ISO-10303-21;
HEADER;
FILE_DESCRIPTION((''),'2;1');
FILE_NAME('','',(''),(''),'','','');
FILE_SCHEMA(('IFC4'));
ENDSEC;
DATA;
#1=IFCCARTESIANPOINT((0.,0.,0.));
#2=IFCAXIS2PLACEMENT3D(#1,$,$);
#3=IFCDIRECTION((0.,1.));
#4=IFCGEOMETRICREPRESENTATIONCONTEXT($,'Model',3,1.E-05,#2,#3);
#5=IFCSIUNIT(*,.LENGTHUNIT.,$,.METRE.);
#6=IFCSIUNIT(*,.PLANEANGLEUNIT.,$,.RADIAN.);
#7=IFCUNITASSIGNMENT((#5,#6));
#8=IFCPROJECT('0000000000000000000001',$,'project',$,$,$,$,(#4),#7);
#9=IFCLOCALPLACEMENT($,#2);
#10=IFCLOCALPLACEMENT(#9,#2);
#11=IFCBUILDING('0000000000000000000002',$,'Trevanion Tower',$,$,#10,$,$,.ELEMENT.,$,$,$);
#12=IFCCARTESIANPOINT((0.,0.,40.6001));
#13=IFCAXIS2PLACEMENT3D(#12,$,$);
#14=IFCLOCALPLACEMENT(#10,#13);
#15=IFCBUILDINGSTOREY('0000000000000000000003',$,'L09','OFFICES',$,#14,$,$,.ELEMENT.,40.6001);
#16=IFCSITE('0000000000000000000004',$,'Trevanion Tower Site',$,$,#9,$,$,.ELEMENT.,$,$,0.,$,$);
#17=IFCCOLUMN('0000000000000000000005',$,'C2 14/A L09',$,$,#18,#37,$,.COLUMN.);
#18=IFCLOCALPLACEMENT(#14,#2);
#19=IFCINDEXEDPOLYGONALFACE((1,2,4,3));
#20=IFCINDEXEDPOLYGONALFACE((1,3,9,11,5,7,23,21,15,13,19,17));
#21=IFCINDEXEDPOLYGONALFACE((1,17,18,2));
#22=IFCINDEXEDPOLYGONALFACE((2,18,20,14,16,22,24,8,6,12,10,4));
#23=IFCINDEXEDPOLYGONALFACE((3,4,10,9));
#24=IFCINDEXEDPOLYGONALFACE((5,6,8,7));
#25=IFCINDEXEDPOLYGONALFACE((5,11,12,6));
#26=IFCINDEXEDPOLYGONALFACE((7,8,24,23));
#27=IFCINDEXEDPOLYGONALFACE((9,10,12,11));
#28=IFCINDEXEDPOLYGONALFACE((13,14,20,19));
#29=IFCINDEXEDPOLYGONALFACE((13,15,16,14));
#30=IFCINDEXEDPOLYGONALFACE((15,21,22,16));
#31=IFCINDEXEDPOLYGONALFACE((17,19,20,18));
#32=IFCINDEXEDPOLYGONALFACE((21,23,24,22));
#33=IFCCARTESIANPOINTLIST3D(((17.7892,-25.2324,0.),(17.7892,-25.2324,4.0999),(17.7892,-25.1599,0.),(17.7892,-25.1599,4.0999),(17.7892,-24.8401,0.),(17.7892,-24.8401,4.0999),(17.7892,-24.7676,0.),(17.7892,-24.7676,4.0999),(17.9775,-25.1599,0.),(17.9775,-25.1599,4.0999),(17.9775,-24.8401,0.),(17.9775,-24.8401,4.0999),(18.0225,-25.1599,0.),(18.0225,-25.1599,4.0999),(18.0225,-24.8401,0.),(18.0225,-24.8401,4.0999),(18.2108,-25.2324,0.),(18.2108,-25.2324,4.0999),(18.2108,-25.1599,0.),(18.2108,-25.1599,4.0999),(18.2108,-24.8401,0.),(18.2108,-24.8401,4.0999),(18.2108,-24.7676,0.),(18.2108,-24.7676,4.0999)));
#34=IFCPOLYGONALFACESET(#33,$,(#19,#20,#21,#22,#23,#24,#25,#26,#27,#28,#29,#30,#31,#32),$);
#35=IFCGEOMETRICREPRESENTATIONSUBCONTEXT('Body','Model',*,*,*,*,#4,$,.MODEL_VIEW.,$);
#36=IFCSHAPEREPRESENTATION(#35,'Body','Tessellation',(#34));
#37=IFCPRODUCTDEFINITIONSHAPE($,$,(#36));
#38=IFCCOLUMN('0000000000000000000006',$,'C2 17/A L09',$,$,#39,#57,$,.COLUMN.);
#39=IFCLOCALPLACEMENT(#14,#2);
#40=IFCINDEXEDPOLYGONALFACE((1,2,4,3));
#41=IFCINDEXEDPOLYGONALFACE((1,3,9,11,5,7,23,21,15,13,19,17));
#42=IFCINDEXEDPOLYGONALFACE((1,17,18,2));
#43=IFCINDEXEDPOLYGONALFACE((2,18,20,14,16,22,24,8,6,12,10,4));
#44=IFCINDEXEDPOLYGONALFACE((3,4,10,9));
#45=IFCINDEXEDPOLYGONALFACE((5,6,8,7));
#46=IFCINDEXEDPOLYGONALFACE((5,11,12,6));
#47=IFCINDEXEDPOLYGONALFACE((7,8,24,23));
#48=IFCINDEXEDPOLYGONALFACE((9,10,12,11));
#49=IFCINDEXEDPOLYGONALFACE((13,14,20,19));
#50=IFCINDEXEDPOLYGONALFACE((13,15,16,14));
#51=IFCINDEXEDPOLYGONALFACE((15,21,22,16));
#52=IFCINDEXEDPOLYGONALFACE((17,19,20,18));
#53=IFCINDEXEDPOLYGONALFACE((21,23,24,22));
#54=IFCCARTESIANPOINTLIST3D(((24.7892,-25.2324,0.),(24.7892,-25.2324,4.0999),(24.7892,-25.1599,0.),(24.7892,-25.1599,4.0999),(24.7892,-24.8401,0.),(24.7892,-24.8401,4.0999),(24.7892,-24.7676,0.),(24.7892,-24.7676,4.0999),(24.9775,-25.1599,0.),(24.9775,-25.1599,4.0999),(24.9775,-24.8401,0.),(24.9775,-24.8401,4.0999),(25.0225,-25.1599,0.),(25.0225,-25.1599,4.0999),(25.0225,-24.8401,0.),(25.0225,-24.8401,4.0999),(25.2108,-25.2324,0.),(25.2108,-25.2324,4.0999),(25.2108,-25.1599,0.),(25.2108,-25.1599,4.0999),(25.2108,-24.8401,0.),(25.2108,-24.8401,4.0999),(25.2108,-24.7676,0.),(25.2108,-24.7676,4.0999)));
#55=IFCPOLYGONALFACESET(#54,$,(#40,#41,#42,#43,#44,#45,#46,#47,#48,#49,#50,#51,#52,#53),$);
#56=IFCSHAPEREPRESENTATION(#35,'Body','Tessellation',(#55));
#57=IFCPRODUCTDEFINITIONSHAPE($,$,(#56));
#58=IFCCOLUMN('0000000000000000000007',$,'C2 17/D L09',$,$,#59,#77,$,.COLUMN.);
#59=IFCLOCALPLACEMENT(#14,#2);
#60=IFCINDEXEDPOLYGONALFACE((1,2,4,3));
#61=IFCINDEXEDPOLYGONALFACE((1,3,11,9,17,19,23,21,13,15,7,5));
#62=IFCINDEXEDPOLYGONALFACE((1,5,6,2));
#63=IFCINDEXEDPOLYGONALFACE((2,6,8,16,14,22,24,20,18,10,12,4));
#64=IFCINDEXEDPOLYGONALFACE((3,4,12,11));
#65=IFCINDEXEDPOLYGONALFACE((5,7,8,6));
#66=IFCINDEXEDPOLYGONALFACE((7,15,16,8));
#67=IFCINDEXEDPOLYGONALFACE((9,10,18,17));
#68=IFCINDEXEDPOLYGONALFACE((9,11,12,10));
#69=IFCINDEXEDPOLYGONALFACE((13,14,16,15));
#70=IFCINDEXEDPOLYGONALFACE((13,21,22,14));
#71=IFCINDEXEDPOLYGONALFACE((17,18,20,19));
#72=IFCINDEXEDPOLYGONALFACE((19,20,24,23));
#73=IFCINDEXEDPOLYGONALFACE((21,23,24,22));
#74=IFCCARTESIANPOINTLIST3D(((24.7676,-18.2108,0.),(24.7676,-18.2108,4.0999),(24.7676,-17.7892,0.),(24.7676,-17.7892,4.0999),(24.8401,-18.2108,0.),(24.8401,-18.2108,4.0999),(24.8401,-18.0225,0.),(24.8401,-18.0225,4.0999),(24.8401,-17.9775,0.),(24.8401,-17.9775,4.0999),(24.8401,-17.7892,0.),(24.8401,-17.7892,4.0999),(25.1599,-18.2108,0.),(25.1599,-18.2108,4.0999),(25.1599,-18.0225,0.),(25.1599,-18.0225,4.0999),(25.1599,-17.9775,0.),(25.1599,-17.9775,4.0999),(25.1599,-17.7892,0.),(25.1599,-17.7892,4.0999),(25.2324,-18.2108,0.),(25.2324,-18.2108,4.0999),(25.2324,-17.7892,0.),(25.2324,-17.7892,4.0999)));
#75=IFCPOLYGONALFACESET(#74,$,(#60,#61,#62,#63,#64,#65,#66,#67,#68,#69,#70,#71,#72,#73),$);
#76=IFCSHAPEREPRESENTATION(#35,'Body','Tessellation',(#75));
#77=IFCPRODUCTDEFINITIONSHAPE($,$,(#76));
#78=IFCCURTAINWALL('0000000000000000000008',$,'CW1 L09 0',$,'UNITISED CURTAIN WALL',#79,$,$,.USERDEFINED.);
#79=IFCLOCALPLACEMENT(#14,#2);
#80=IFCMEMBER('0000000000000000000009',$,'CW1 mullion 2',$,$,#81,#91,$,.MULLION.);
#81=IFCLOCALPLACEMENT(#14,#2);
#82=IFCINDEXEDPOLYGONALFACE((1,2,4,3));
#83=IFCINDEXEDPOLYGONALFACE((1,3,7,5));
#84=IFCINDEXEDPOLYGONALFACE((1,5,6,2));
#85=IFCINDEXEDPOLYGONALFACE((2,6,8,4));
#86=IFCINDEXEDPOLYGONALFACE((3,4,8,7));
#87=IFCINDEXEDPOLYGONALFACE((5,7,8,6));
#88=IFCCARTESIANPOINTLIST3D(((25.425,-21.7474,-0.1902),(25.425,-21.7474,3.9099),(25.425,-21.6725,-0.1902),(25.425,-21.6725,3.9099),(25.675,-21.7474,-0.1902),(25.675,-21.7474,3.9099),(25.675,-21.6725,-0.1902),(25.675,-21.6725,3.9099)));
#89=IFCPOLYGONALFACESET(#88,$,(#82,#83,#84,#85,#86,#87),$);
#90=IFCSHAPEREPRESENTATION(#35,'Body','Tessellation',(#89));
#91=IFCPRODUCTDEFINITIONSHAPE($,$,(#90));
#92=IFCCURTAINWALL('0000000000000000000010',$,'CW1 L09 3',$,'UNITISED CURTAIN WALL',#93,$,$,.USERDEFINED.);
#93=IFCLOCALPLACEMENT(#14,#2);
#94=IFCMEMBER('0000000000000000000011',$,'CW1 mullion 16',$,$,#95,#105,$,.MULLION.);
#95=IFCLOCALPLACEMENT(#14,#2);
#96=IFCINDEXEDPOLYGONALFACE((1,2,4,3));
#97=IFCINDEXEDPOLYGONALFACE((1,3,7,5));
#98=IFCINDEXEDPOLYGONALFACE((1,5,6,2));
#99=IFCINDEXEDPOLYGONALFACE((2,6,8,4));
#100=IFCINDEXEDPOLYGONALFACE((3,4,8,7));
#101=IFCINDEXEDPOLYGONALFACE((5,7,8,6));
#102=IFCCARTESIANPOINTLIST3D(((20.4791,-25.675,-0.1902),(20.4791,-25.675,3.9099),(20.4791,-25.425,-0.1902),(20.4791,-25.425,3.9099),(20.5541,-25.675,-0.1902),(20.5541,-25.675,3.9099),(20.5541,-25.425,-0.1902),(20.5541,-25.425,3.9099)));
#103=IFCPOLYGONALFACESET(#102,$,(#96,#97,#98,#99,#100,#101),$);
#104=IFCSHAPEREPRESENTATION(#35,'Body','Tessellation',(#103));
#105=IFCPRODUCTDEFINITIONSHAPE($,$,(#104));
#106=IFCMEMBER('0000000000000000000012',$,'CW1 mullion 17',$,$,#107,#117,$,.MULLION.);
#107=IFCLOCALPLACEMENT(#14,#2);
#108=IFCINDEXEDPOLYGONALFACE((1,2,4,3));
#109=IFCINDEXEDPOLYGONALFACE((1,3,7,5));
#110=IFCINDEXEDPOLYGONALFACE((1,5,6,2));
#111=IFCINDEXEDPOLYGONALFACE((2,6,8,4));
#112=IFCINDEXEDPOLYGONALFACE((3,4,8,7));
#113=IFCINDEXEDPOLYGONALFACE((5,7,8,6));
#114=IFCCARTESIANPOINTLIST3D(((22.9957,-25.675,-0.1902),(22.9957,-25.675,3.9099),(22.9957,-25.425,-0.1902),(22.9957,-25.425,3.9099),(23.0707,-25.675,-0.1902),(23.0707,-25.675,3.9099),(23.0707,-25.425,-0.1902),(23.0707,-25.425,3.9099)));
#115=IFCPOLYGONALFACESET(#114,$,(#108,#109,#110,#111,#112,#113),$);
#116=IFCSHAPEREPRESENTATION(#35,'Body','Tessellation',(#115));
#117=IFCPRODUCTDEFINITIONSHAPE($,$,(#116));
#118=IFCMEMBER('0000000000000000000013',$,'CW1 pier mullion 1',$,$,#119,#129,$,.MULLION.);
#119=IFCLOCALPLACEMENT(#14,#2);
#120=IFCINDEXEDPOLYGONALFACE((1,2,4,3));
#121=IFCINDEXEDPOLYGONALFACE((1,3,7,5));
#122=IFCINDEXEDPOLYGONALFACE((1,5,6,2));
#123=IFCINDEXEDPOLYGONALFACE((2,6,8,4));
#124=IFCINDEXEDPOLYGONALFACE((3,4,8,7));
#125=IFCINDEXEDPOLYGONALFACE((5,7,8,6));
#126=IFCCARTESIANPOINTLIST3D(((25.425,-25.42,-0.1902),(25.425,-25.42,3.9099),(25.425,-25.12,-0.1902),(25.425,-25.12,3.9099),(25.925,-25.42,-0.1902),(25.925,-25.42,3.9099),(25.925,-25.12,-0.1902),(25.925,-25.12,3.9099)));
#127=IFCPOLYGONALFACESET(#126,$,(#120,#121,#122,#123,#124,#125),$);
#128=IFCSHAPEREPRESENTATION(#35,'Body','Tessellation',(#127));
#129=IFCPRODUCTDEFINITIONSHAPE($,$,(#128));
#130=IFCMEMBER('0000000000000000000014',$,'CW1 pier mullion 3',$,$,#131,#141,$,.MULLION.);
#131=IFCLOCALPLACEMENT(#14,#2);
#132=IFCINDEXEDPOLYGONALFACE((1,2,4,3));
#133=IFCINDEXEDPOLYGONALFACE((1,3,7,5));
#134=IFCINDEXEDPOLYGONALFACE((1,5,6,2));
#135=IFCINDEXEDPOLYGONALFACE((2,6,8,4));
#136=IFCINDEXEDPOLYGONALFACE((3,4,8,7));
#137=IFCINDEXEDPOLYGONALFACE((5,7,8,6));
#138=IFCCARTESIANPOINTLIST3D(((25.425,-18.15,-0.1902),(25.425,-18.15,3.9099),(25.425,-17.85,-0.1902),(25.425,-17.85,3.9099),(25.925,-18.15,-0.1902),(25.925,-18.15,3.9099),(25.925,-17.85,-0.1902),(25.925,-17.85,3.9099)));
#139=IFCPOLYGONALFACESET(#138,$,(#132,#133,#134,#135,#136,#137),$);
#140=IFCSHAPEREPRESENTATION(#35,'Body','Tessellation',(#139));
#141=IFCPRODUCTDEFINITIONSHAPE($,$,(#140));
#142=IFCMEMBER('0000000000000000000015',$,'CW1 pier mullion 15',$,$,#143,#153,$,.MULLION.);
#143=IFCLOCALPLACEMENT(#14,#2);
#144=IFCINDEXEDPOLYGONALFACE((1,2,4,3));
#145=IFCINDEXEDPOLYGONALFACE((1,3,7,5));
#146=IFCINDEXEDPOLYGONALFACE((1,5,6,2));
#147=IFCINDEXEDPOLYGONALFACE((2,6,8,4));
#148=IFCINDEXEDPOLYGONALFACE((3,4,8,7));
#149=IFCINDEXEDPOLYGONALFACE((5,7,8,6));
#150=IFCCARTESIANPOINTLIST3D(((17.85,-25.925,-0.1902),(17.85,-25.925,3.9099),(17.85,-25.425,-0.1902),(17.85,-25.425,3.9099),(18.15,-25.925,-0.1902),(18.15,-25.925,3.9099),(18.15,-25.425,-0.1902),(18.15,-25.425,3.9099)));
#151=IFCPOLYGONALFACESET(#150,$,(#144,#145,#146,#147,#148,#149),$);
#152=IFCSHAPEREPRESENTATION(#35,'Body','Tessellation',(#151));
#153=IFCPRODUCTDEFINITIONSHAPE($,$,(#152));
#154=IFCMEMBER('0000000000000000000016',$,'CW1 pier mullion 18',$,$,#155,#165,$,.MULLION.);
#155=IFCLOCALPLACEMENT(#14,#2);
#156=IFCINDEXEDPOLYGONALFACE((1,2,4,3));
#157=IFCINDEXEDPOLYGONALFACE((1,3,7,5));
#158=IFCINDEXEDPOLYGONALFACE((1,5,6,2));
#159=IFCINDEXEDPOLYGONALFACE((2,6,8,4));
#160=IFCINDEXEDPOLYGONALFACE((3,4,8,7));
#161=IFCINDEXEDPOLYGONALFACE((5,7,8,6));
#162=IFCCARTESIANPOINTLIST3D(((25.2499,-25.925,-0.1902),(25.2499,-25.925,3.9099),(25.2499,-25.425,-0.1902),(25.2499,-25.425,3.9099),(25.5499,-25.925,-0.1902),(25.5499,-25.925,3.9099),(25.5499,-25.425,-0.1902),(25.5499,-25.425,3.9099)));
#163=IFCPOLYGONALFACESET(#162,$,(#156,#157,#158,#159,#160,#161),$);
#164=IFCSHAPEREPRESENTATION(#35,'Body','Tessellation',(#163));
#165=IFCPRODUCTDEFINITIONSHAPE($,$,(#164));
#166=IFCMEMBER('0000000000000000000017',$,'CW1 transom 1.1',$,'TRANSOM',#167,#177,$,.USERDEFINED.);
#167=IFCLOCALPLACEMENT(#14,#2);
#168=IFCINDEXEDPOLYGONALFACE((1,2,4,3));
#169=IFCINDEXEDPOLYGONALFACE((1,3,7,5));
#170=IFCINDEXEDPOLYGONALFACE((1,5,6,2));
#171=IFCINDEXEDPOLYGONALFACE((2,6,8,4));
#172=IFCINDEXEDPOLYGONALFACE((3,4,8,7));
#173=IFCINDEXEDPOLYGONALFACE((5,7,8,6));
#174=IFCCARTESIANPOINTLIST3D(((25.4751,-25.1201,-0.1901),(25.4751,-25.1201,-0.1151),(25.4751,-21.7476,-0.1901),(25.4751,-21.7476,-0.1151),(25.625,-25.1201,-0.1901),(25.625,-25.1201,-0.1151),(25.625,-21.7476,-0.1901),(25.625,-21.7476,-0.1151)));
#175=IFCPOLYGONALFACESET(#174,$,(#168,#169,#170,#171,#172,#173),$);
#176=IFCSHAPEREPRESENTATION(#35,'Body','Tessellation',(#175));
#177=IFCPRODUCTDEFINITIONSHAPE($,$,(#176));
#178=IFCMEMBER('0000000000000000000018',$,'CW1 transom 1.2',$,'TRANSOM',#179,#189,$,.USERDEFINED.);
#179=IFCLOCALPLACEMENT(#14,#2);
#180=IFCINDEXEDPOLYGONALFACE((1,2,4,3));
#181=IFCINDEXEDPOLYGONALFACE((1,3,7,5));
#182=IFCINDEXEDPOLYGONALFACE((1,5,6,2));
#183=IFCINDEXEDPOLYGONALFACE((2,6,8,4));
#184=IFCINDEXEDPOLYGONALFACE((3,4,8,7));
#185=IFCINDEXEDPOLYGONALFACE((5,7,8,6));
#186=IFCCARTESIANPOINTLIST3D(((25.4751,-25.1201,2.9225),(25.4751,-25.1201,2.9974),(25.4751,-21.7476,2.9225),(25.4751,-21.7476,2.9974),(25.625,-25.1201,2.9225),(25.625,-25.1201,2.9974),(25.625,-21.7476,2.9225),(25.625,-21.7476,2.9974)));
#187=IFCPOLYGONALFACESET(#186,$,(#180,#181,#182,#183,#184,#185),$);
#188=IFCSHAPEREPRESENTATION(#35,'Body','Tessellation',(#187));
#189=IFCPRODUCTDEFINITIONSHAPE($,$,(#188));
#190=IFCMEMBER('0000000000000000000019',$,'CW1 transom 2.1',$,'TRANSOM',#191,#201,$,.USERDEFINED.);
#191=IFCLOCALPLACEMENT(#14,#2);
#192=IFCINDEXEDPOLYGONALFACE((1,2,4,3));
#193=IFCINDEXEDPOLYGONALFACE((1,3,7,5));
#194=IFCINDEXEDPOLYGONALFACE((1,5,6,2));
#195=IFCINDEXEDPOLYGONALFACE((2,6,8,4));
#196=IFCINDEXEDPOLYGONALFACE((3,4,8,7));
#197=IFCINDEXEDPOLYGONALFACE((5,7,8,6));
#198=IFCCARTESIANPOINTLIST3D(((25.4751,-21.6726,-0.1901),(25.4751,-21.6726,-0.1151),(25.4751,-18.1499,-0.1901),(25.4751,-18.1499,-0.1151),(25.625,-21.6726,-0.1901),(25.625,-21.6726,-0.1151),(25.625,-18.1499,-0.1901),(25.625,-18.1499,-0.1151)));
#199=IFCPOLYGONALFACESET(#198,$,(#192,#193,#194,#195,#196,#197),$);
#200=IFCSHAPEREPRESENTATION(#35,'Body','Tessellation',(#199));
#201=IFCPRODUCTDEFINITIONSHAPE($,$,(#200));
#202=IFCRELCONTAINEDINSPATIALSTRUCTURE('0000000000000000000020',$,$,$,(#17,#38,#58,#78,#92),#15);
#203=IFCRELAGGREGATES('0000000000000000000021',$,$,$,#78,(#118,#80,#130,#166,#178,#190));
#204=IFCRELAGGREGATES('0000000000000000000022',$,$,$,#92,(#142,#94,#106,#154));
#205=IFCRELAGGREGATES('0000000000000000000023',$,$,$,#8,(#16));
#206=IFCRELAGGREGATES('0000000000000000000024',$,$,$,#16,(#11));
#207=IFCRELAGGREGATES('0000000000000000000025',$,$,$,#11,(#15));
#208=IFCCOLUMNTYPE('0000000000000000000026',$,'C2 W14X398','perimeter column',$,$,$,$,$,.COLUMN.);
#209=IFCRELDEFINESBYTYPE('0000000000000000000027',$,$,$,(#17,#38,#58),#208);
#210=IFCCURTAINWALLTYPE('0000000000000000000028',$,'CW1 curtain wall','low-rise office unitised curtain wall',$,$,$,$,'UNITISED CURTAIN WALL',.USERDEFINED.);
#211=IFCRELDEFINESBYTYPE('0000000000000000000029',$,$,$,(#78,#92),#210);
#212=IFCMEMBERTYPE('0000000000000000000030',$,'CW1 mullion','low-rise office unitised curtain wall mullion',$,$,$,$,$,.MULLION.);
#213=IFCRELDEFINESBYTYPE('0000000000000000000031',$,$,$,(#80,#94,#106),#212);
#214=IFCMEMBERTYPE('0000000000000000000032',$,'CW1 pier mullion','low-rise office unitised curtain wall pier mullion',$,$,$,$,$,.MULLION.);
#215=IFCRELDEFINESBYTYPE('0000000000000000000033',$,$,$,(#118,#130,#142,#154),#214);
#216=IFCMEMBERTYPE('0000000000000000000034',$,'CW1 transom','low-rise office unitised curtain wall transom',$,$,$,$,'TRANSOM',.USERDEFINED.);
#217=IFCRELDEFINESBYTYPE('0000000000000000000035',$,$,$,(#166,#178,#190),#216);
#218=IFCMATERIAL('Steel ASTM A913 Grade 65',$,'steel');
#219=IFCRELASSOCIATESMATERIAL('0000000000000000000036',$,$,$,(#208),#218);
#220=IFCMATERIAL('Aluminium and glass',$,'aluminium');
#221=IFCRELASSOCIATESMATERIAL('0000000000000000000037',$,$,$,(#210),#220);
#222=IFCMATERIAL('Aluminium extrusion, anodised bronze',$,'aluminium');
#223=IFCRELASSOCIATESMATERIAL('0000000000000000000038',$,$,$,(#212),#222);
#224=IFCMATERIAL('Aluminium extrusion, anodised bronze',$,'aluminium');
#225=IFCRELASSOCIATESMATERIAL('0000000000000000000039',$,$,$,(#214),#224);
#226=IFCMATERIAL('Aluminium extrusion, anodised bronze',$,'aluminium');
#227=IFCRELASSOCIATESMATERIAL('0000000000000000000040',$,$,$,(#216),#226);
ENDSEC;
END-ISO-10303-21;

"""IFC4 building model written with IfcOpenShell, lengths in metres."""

from ifc_helpers import new_model, si_unit, direction, frame, origin, origin_2d, place, context, subcontext, project, spatial, rectangle, i_section, extrude, material, material_profile, profile_set, type_object, element, aggregate, save


model = new_model("IFC4")

# Units and contexts
model_context = context("Model", 3, precision=1e-05, world=origin(), true_north=direction((0.0, 1.0)))
body_context = subcontext(model_context, "Body", "Model", "MODEL_VIEW")
ifc_project = project(units=[si_unit("LENGTHUNIT", "METRE"), si_unit("PLANEANGLEUNIT", "RADIAN")], contexts=[model_context])

# Site, building, storey
site_placement = place(None, origin())
site = spatial("IfcSite", under=ifc_project, at=site_placement, Name="Trevanion Tower Site", CompositionType="ELEMENT", RefElevation=0.0)
building_placement = place(site_placement, origin())
building = spatial("IfcBuilding", under=site, at=building_placement, Name="Trevanion Tower", CompositionType="ELEMENT")
storey_placement = place(building_placement, frame((0.0, 0.0, 40.6001)))
storey = spatial("IfcBuildingStorey", under=building, at=storey_placement, Name="L09", Description="OFFICES", CompositionType="ELEMENT", Elevation=40.6001)

# Columns
ifc_material_1 = material(Name="Steel ASTM A913 Grade 65", Category="steel")
ifc_material_profile_1 = material_profile(ifc_material_1, i_section(OverallWidth=0.4216, OverallDepth=0.4648, WebThickness=0.0449, FlangeThickness=0.0725, at=origin_2d()), Name="W14X398")
ifc_profile_set_1 = profile_set([ifc_material_profile_1], Name="Steel ASTM A913 Grade 65")
column_type = type_object("IfcColumnType", Name="C2 W14X398", Description="perimeter column", PredefinedType="COLUMN", material=ifc_profile_set_1)
for number, where, z_axis, x_axis, name in (
    (1, (18.0, -25.0, 0.0), (0.0, 0.0, 1.0), (1.0, 0.0, 0.0), "C2 14/A L09"),
    (2, (25.0, -25.0, 0.0), (0.0, 0.0, 1.0), (1.0, 0.0, 0.0), "C2 17/A L09"),
    (3, (25.0, -18.0, 0.0), (0.0, 0.0, 1.0), (0.0, 1.0, 0.0), "C2 17/D L09"),
):
    element("IfcColumn", number, at=place(storey_placement, frame(where, z_axis=z_axis, x_axis=x_axis)), inside=storey, type_object=column_type, Name=name, PredefinedType="COLUMN", context=body_context, shape_type="SweptSolid", body=[
        extrude(i_section(OverallWidth=0.4216, OverallDepth=0.4648, WebThickness=0.0449, FlangeThickness=0.0725, at=origin_2d()), origin(), (0.0, 0.0, 1.0), 4.0999),
    ])

# Curtain wall, member
ifc_material_2 = material(Name="Aluminium and glass", Category="aluminium")
curtain_wall_type = type_object("IfcCurtainWallType", Name="CW1 curtain wall", Description="low-rise office unitised curtain wall", ElementType="UNITISED CURTAIN WALL", PredefinedType="USERDEFINED", material=ifc_material_2)
curtain_wall_1_placement = place(storey_placement, origin())
curtain_wall_1 = element("IfcCurtainWall", 4, at=curtain_wall_1_placement, inside=storey, type_object=curtain_wall_type, Name="CW1 L09 0", ObjectType="UNITISED CURTAIN WALL", PredefinedType="USERDEFINED")
ifc_material_3 = material(Name="Aluminium extrusion, anodised bronze", Category="aluminium")
ifc_material_profile_2 = material_profile(ifc_material_3, rectangle(XDim=0.075, YDim=0.25, at=origin_2d()), Name="CW1 mullion")
ifc_profile_set_2 = profile_set([ifc_material_profile_2], Name="Aluminium extrusion, anodised bronze")
member_type_1 = type_object("IfcMemberType", Name="CW1 mullion", Description="low-rise office unitised curtain wall mullion", PredefinedType="MULLION", material=ifc_profile_set_2)
member_1_placement = place(storey_placement, frame((25.55, -21.71, -0.1902), z_axis=(0.0, 0.0, 1.0), x_axis=(0.0, 1.0, 0.0)))
member_1 = element("IfcMember", 5, at=member_1_placement, type_object=member_type_1, Name="CW1 mullion 2", PredefinedType="MULLION", context=body_context, shape_type="SweptSolid", body=[
    extrude(rectangle(XDim=0.075, YDim=0.25, at=origin_2d()), origin(), (0.0, 0.0, 1.0), 4.1001),
])

# Curtain wall, members
curtain_wall_2_placement = place(storey_placement, origin())
curtain_wall_2 = element("IfcCurtainWall", 6, at=curtain_wall_2_placement, inside=storey, type_object=curtain_wall_type, Name="CW1 L09 3", ObjectType="UNITISED CURTAIN WALL", PredefinedType="USERDEFINED")
member_2_placement = place(storey_placement, frame((20.5166, -25.55, -0.1902), z_axis=(0.0, 0.0, 1.0), x_axis=(1.0, 0.0, 0.0)))
member_2 = element("IfcMember", 7, at=member_2_placement, type_object=member_type_1, Name="CW1 mullion 16", PredefinedType="MULLION", context=body_context, shape_type="SweptSolid", body=[
    extrude(rectangle(XDim=0.075, YDim=0.25, at=origin_2d()), origin(), (0.0, 0.0, 1.0), 4.1001),
])
member_3_placement = place(storey_placement, frame((23.0332, -25.55, -0.1902), z_axis=(0.0, 0.0, 1.0), x_axis=(1.0, 0.0, 0.0)))
member_3 = element("IfcMember", 8, at=member_3_placement, type_object=member_type_1, Name="CW1 mullion 17", PredefinedType="MULLION", context=body_context, shape_type="SweptSolid", body=[
    extrude(rectangle(XDim=0.075, YDim=0.25, at=origin_2d()), origin(), (0.0, 0.0, 1.0), 4.1001),
])

# Members
ifc_material_4 = material(Name="Aluminium extrusion, anodised bronze", Category="aluminium")
ifc_material_profile_3 = material_profile(ifc_material_4, rectangle(XDim=0.3, YDim=0.5, at=origin_2d()), Name="CW1 pier mullion")
ifc_profile_set_3 = profile_set([ifc_material_profile_3], Name="Aluminium extrusion, anodised bronze")
member_type_2 = type_object("IfcMemberType", Name="CW1 pier mullion", Description="low-rise office unitised curtain wall pier mullion", PredefinedType="MULLION", material=ifc_profile_set_3)
member_4_placement = place(storey_placement, frame((25.675, -25.27, -0.1902), z_axis=(0.0, 0.0, 1.0), x_axis=(0.0, 1.0, 0.0)))
member_4 = element("IfcMember", 9, at=member_4_placement, type_object=member_type_2, Name="CW1 pier mullion 1", PredefinedType="MULLION", context=body_context, shape_type="SweptSolid", body=[
    extrude(rectangle(XDim=0.3, YDim=0.5, at=origin_2d()), origin(), (0.0, 0.0, 1.0), 4.1001),
])
member_5_placement = place(storey_placement, frame((25.675, -18.0, -0.1902), z_axis=(0.0, 0.0, 1.0), x_axis=(0.0, 1.0, 0.0)))
member_5 = element("IfcMember", 10, at=member_5_placement, type_object=member_type_2, Name="CW1 pier mullion 3", PredefinedType="MULLION", context=body_context, shape_type="SweptSolid", body=[
    extrude(rectangle(XDim=0.3, YDim=0.5, at=origin_2d()), origin(), (0.0, 0.0, 1.0), 4.1001),
])
member_6_placement = place(storey_placement, frame((18.0, -25.675, -0.1902), z_axis=(0.0, 0.0, 1.0), x_axis=(1.0, 0.0, 0.0)))
member_6 = element("IfcMember", 11, at=member_6_placement, type_object=member_type_2, Name="CW1 pier mullion 15", PredefinedType="MULLION", context=body_context, shape_type="SweptSolid", body=[
    extrude(rectangle(XDim=0.3, YDim=0.5, at=origin_2d()), origin(), (0.0, 0.0, 1.0), 4.1001),
])
member_7_placement = place(storey_placement, frame((25.3999, -25.675, -0.1902), z_axis=(0.0, 0.0, 1.0), x_axis=(1.0, 0.0, 0.0)))
member_7 = element("IfcMember", 12, at=member_7_placement, type_object=member_type_2, Name="CW1 pier mullion 18", PredefinedType="MULLION", context=body_context, shape_type="SweptSolid", body=[
    extrude(rectangle(XDim=0.3, YDim=0.5, at=origin_2d()), origin(), (0.0, 0.0, 1.0), 4.1001),
])
ifc_material_5 = material(Name="Aluminium extrusion, anodised bronze", Category="aluminium")
ifc_material_profile_4 = material_profile(ifc_material_5, rectangle(XDim=0.1499, YDim=0.075, at=origin_2d()), Name="CW1 transom")
ifc_profile_set_4 = profile_set([ifc_material_profile_4], Name="Aluminium extrusion, anodised bronze")
member_type_3 = type_object("IfcMemberType", Name="CW1 transom", Description="low-rise office unitised curtain wall transom", ElementType="TRANSOM", PredefinedType="USERDEFINED", material=ifc_profile_set_4)
member_8_placement = place(storey_placement, frame((25.55, -25.1201, -0.1526), z_axis=(0.0, 1.0, 0.0), x_axis=(-1.0, 0.0, 0.0)))
member_8 = element("IfcMember", 13, at=member_8_placement, type_object=member_type_3, Name="CW1 transom 1.1", ObjectType="TRANSOM", PredefinedType="USERDEFINED", context=body_context, shape_type="SweptSolid", body=[
    extrude(rectangle(XDim=0.1499, YDim=0.075, at=origin_2d()), origin(), (0.0, 0.0, 1.0), 3.3726),
])
member_9_placement = place(storey_placement, frame((25.55, -25.1201, 2.96), z_axis=(0.0, 1.0, 0.0), x_axis=(-1.0, 0.0, 0.0)))
member_9 = element("IfcMember", 14, at=member_9_placement, type_object=member_type_3, Name="CW1 transom 1.2", ObjectType="TRANSOM", PredefinedType="USERDEFINED", context=body_context, shape_type="SweptSolid", body=[
    extrude(rectangle(XDim=0.1499, YDim=0.075, at=origin_2d()), origin(), (0.0, 0.0, 1.0), 3.3726),
])
member_10_placement = place(storey_placement, frame((25.55, -21.6726, -0.1526), z_axis=(0.0, 1.0, 0.0), x_axis=(-1.0, 0.0, 0.0)))
member_10 = element("IfcMember", 15, at=member_10_placement, type_object=member_type_3, Name="CW1 transom 2.1", ObjectType="TRANSOM", PredefinedType="USERDEFINED", context=body_context, shape_type="SweptSolid", body=[
    extrude(rectangle(XDim=0.1499, YDim=0.075, at=origin_2d()), origin(), (0.0, 0.0, 1.0), 3.5227),
])

aggregate(curtain_wall_1, [member_4, member_1, member_5, member_8, member_9, member_10])
aggregate(curtain_wall_2, [member_6, member_2, member_3, member_7])

save(model, "model.ifc")
